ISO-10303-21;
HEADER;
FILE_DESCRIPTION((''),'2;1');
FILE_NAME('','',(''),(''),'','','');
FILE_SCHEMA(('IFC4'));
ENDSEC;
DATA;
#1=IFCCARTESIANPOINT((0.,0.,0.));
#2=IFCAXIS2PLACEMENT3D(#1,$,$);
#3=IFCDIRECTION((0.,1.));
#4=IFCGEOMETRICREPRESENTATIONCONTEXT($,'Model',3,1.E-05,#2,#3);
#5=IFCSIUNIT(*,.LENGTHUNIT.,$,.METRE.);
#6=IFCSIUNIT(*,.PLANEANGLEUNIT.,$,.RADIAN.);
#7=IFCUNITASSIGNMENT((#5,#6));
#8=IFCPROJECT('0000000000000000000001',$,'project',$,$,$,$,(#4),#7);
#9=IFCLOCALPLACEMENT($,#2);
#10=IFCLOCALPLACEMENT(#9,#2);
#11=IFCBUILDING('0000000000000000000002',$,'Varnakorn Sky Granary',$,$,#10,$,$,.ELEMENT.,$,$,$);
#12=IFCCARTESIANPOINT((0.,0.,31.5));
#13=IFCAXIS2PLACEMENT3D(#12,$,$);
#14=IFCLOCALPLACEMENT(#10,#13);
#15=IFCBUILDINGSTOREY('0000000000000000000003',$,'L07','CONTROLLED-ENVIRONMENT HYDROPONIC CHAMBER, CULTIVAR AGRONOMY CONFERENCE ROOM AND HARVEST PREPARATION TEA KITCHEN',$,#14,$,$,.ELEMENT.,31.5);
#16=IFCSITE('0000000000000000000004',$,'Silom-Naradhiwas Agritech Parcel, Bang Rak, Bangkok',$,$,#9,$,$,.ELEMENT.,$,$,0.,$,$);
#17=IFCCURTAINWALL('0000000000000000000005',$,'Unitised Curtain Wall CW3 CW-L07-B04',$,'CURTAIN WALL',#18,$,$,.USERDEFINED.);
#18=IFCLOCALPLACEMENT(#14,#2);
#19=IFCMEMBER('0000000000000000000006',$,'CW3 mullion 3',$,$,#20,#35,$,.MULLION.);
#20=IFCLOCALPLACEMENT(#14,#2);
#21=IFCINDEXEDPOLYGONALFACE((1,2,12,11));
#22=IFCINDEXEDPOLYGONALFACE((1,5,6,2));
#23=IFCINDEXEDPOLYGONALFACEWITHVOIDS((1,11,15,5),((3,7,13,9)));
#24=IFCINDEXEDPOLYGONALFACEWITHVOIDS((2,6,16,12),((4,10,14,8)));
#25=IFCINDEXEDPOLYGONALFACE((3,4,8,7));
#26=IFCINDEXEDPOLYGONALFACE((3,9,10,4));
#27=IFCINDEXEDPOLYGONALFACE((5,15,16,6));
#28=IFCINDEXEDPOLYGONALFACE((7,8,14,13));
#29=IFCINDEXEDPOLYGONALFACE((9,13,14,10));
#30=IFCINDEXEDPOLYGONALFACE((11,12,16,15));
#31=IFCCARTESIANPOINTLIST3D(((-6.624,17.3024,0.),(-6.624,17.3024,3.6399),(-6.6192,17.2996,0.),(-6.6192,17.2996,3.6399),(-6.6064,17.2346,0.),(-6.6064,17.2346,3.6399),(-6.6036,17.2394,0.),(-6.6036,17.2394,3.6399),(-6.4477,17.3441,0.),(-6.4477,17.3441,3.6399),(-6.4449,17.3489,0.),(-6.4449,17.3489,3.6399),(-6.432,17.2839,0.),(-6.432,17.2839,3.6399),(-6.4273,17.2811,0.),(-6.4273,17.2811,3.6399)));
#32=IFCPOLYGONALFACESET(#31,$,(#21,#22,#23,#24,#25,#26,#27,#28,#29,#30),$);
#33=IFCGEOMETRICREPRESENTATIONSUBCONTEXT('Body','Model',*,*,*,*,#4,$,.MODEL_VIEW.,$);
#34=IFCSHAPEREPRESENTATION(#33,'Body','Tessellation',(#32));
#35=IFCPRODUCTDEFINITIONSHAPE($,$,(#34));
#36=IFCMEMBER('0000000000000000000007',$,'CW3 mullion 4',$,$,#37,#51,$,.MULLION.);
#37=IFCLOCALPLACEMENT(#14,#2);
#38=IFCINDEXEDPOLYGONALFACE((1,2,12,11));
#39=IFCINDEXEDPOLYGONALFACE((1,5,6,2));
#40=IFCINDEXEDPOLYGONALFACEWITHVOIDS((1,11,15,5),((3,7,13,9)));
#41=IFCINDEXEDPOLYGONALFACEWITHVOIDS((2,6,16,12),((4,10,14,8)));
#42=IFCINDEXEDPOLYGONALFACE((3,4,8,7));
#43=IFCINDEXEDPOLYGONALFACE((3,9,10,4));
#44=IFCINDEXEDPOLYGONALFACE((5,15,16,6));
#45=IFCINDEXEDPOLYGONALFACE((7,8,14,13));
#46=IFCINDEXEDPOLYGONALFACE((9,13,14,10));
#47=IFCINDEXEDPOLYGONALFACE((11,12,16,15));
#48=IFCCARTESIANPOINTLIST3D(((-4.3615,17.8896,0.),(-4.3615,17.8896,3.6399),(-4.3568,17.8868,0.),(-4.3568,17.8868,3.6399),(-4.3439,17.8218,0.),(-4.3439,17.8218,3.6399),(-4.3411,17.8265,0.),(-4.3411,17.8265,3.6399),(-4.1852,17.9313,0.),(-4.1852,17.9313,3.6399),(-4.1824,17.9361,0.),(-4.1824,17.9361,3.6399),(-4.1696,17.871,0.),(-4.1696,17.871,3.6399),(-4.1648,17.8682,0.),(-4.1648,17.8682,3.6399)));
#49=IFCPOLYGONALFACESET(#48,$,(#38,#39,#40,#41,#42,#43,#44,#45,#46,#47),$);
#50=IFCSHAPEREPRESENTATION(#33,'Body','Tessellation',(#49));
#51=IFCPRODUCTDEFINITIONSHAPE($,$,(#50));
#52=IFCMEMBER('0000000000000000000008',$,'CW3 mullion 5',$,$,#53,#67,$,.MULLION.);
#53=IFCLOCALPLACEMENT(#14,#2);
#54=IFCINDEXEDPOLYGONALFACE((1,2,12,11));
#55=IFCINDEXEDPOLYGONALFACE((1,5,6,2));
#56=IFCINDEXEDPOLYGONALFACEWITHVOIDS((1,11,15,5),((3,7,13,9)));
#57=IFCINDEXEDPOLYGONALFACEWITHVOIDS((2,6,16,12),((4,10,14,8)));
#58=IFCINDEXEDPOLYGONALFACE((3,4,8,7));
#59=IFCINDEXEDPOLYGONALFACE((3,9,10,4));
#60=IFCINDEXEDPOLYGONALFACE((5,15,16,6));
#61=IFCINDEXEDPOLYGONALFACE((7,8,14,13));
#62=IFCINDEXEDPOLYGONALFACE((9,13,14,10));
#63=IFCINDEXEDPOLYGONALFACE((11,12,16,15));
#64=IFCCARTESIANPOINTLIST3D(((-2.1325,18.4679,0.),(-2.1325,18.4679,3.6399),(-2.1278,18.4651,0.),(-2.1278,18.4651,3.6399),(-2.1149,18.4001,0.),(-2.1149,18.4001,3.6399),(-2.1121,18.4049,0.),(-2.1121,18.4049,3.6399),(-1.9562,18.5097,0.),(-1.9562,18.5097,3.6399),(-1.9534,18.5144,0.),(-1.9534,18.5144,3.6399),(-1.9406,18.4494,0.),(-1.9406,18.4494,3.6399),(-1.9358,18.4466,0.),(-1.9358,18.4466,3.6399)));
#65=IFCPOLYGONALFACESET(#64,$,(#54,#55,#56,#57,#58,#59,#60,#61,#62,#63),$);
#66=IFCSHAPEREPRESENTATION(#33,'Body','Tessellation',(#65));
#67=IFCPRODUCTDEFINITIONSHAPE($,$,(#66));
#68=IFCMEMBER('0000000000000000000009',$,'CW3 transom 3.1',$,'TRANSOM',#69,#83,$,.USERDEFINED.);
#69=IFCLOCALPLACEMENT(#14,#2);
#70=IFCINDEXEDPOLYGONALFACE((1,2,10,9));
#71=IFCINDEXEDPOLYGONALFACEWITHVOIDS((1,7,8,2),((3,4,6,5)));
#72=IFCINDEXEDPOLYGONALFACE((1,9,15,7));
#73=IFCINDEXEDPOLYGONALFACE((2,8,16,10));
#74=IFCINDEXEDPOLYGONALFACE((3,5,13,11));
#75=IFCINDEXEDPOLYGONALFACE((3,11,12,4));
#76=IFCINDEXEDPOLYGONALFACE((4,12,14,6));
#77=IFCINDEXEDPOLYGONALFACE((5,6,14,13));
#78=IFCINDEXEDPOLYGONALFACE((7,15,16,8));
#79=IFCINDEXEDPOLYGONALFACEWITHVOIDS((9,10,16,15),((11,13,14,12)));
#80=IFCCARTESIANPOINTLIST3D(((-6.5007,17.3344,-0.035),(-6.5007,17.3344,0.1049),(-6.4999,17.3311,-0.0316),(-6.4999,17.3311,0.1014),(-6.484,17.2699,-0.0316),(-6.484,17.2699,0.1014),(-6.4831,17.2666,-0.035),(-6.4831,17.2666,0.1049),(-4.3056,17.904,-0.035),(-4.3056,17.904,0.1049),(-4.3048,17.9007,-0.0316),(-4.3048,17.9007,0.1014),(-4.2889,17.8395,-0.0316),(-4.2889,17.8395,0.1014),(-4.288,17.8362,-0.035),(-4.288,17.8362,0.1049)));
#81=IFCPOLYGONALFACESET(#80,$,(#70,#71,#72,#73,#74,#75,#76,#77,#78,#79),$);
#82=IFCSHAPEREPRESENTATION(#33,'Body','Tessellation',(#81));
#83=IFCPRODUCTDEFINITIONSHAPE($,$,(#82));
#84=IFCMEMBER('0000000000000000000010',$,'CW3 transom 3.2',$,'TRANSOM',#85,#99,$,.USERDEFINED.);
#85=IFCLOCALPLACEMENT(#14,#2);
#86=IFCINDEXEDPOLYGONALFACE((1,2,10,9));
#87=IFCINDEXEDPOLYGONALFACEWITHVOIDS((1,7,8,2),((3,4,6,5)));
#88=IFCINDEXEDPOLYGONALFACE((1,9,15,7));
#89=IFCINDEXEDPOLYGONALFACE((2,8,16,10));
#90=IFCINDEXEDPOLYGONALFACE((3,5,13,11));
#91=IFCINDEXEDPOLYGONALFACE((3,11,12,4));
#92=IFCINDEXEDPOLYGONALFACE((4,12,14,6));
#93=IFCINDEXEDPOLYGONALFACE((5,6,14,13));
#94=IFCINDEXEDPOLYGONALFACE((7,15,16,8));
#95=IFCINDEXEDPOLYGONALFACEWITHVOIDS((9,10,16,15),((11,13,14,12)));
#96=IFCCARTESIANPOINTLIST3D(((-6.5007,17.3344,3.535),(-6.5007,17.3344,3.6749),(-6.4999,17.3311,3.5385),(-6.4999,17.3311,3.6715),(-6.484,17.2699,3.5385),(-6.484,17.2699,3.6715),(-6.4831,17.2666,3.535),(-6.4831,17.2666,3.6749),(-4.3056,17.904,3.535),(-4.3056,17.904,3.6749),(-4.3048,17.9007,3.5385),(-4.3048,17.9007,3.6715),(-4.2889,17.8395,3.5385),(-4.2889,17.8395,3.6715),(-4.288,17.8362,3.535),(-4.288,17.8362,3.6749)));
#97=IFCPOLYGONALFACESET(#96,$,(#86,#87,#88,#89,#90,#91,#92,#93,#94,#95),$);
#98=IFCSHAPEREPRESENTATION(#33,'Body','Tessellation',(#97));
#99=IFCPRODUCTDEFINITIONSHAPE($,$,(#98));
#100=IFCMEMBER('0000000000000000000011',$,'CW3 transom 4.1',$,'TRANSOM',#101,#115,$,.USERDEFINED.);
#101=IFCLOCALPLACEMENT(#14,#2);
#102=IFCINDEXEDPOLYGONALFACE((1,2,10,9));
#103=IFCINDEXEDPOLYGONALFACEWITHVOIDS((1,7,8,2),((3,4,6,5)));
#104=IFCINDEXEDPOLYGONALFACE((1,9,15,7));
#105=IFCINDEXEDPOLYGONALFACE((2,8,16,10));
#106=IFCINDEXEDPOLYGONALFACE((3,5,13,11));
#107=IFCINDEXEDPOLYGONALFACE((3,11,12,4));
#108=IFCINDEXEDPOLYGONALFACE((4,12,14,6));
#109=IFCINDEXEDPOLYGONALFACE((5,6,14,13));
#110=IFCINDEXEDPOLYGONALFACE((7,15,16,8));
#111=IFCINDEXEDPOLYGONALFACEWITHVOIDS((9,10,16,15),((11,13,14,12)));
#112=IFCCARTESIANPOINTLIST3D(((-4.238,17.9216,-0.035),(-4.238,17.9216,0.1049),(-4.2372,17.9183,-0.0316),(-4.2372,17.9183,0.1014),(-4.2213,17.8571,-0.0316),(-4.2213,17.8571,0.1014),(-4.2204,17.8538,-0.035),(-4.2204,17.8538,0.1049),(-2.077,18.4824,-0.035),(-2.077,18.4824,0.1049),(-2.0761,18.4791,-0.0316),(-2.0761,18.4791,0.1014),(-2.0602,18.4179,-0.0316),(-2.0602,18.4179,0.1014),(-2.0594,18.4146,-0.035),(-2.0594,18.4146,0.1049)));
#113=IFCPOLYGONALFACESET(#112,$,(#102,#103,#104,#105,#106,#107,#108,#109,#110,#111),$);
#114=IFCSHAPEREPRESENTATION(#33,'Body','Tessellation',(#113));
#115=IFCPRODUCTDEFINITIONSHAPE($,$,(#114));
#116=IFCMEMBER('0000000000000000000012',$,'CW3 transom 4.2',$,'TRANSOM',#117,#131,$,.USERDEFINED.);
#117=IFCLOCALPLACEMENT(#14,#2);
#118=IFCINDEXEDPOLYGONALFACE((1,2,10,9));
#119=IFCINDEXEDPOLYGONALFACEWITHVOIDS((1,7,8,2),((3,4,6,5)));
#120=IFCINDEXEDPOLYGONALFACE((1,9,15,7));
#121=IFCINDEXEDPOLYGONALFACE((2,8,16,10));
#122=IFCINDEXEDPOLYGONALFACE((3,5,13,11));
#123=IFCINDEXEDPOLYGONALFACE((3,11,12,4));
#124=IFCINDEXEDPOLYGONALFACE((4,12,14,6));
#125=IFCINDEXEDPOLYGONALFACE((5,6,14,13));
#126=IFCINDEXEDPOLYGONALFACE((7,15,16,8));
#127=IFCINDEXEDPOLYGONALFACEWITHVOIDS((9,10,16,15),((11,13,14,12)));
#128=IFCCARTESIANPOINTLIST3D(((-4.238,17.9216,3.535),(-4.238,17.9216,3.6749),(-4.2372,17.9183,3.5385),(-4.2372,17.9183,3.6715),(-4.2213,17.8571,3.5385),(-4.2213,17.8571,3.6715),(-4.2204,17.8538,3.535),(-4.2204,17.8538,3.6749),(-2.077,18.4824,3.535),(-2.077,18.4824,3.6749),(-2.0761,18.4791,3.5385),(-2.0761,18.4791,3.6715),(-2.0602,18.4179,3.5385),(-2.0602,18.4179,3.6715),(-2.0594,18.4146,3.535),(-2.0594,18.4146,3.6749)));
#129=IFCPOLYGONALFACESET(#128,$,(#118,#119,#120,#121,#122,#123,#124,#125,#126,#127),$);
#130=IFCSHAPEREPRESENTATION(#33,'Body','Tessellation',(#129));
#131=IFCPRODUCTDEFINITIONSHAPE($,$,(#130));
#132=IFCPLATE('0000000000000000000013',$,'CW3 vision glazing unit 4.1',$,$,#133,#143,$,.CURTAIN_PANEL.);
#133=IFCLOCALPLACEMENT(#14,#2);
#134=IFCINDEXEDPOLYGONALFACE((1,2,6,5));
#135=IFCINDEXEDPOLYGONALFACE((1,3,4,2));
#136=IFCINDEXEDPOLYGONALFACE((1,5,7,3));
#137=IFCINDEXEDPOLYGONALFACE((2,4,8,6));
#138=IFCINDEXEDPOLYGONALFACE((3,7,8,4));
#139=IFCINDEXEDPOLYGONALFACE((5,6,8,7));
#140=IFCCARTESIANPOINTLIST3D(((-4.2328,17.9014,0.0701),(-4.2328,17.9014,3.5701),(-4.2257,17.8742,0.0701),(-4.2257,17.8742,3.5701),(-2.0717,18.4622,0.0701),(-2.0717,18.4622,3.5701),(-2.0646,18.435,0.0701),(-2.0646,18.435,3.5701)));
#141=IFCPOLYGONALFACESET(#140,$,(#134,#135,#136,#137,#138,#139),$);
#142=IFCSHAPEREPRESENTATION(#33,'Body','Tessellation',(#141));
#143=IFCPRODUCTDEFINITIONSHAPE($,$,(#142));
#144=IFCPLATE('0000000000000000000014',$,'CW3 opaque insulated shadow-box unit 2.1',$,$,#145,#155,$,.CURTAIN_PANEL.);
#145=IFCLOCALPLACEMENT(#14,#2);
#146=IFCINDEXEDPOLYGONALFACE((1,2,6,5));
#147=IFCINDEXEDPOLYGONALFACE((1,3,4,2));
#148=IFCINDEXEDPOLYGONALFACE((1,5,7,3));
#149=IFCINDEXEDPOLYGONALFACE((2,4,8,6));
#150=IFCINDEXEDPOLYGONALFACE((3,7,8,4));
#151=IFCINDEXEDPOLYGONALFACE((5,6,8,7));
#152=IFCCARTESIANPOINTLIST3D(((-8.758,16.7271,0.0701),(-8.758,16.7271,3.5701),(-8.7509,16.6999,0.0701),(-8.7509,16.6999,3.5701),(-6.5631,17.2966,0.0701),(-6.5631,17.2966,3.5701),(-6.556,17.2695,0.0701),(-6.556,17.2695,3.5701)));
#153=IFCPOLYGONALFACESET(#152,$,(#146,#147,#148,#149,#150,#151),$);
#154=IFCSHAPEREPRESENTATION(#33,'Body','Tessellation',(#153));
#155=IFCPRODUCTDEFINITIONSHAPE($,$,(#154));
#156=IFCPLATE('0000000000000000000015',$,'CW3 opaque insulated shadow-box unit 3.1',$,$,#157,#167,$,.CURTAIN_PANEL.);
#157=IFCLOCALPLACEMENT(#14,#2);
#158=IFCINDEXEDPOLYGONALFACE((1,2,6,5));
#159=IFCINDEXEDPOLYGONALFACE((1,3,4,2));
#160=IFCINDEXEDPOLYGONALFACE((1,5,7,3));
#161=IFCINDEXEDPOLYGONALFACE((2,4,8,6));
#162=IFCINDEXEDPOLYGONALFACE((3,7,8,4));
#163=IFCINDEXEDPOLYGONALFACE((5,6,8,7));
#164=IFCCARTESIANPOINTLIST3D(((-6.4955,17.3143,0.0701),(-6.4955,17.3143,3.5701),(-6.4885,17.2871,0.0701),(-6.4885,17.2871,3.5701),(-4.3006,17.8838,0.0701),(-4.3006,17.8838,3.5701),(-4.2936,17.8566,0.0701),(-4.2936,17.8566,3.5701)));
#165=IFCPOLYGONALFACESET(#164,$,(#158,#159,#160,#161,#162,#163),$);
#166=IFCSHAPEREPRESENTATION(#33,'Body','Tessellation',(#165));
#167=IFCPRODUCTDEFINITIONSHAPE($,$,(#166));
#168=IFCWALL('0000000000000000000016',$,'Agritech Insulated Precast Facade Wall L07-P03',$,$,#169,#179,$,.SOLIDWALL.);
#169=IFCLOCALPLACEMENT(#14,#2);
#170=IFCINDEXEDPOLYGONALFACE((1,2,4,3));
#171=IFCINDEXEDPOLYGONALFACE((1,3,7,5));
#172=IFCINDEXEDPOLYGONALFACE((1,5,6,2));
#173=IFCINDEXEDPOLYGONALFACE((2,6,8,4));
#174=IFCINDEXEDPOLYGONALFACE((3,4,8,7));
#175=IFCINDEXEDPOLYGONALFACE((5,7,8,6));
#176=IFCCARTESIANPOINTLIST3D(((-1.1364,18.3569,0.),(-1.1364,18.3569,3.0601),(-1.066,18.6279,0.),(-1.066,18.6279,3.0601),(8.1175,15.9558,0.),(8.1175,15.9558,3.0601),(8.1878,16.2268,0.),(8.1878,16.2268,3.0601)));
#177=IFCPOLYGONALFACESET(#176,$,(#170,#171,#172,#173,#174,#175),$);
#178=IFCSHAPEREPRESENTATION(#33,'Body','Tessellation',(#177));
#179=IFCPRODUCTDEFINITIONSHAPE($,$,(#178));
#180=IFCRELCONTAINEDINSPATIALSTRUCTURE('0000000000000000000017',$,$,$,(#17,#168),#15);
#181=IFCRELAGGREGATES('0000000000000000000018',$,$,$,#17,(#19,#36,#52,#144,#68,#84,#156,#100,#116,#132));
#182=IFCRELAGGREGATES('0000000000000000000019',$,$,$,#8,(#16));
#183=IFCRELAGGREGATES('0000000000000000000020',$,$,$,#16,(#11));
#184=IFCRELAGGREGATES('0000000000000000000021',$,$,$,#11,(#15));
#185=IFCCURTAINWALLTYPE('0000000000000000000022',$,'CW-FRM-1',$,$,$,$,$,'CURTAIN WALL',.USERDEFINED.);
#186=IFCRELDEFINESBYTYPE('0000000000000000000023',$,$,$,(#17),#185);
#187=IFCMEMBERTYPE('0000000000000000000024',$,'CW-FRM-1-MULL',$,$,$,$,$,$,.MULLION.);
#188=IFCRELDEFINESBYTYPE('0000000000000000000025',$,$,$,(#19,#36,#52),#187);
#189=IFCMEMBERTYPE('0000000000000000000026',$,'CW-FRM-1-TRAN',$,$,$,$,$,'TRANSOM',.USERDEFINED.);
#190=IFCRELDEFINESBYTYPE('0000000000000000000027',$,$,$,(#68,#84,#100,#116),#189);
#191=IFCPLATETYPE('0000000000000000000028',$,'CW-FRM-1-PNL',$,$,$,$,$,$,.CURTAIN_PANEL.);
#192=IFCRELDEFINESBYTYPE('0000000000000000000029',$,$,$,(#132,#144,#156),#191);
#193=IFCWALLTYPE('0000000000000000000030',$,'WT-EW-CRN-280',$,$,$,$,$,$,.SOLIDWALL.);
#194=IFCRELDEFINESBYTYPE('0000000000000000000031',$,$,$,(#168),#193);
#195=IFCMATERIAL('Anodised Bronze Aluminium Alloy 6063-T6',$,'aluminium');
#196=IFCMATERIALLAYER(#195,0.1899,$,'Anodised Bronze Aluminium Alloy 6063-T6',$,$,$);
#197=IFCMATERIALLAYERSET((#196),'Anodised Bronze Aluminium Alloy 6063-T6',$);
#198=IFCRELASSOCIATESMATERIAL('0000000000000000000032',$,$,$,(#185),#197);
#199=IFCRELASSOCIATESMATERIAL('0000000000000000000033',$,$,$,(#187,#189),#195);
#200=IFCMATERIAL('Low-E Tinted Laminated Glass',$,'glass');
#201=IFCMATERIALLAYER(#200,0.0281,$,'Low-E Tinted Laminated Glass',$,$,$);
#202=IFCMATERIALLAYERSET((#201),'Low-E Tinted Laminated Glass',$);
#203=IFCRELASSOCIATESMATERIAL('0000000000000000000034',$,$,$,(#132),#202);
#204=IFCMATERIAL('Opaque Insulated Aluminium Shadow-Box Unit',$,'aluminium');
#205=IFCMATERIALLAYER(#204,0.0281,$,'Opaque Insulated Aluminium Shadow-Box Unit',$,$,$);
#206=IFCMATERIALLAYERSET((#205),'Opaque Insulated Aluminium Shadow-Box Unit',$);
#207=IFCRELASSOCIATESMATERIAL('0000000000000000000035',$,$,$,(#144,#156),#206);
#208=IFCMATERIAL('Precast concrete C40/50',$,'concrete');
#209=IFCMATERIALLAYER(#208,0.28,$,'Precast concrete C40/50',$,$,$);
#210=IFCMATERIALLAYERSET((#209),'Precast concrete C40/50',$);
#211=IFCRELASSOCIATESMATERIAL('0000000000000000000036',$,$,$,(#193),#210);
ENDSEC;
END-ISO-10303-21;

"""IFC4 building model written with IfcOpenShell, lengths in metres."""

from ifc_helpers import new_model, si_unit, direction, frame, frame_2d, origin, origin_2d, place, context, subcontext, project, spatial, rectangle, hollow_rectangle, extrude, source, transform, mapped, material, layer, layer_set, material_profile, profile_set, type_object, type_shapes, element, aggregate, save


model = new_model("IFC4")

# Units and contexts
model_context = context("Model", 3, precision=1e-05, world=origin(), true_north=direction((0.0, 1.0)))
body_context = subcontext(model_context, "Body", "Model", "MODEL_VIEW")
ifc_project = project(units=[si_unit("LENGTHUNIT", "METRE"), si_unit("PLANEANGLEUNIT", "RADIAN")], contexts=[model_context])

# Site, building, storey
site_placement = place(None, origin())
site = spatial("IfcSite", under=ifc_project, at=site_placement, Name="Silom-Naradhiwas Agritech Parcel, Bang Rak, Bangkok", CompositionType="ELEMENT", RefElevation=0.0)
building_placement = place(site_placement, origin())
building = spatial("IfcBuilding", under=site, at=building_placement, Name="Varnakorn Sky Granary", CompositionType="ELEMENT")
storey_placement = place(building_placement, frame((0.0, 0.0, 31.5)))
storey = spatial("IfcBuildingStorey", under=building, at=storey_placement, Name="L07", Description="CONTROLLED-ENVIRONMENT HYDROPONIC CHAMBER, CULTIVAR AGRONOMY CONFERENCE ROOM AND HARVEST PREPARATION TEA KITCHEN", CompositionType="ELEMENT", Elevation=31.5)

# Curtain wall, members, plates
ifc_material_1 = material(Name="Anodised Bronze Aluminium Alloy 6063-T6", Category="aluminium")
ifc_layer_1 = layer(ifc_material_1, 0.1899, Name="Anodised Bronze Aluminium Alloy 6063-T6")
ifc_layer_set_1 = layer_set([ifc_layer_1], Name="Anodised Bronze Aluminium Alloy 6063-T6")
curtain_wall_type = type_object("IfcCurtainWallType", Name="CW-FRM-1", ElementType="CURTAIN WALL", PredefinedType="USERDEFINED", material=ifc_layer_set_1)
curtain_wall_placement = place(storey_placement, origin())
curtain_wall = element("IfcCurtainWall", 1, at=curtain_wall_placement, inside=storey, type_object=curtain_wall_type, Name="Unitised Curtain Wall CW3 CW-L07-B04", ObjectType="CURTAIN WALL", PredefinedType="USERDEFINED")
ifc_material_profile_1 = material_profile(ifc_material_1, hollow_rectangle(XDim=0.0701, YDim=0.1851, WallThickness=0.0039, at=origin_2d()), Name="ALU MULL 70x185")
ifc_profile_set_1 = profile_set([ifc_material_profile_1], Name="Anodised Bronze Aluminium Alloy 6063-T6")
member_type_1 = type_object("IfcMemberType", Name="CW-FRM-1-MULL", PredefinedType="MULLION", material=ifc_profile_set_1)
member_1_placement = place(storey_placement, frame((-6.5256, 17.2917, 0.0), z_axis=(0.0, 0.0, 1.0), x_axis=(-0.251165, 0.967944, 0.0)))
member_1 = element("IfcMember", 2, at=member_1_placement, type_object=member_type_1, Name="CW3 mullion 3", PredefinedType="MULLION", context=body_context, shape_type="SweptSolid", body=[
    extrude(hollow_rectangle(XDim=0.0701, YDim=0.1851, WallThickness=0.0039, at=origin_2d()), origin(), (0.0, 0.0, 1.0), 3.6399),
])
member_2_placement = place(storey_placement, frame((-4.2632, 17.8789, 0.0), z_axis=(0.0, 0.0, 1.0), x_axis=(-0.251165, 0.967944, 0.0)))
member_2 = element("IfcMember", 3, at=member_2_placement, type_object=member_type_1, Name="CW3 mullion 4", PredefinedType="MULLION", context=body_context, shape_type="SweptSolid", body=[
    extrude(hollow_rectangle(XDim=0.0701, YDim=0.1851, WallThickness=0.0039, at=origin_2d()), origin(), (0.0, 0.0, 1.0), 3.6399),
])
member_3_placement = place(storey_placement, frame((-2.0342, 18.4573, 0.0), z_axis=(0.0, 0.0, 1.0), x_axis=(-0.251165, 0.967944, 0.0)))
member_3 = element("IfcMember", 4, at=member_3_placement, type_object=member_type_1, Name="CW3 mullion 5", PredefinedType="MULLION", context=body_context, shape_type="SweptSolid", body=[
    extrude(hollow_rectangle(XDim=0.0701, YDim=0.1851, WallThickness=0.0039, at=origin_2d()), origin(), (0.0, 0.0, 1.0), 3.6399),
])
ifc_material_profile_2 = material_profile(ifc_material_1, hollow_rectangle(XDim=0.0701, YDim=0.1399, WallThickness=0.0034, at=origin_2d()), Name="ALU TRAN 70x140")
ifc_profile_set_2 = profile_set([ifc_material_profile_2], Name="Anodised Bronze Aluminium Alloy 6063-T6")
member_type_2 = type_object("IfcMemberType", Name="CW-FRM-1-TRAN", ElementType="TRANSOM", PredefinedType="USERDEFINED", material=ifc_profile_set_2)
member_4_placement = place(storey_placement, frame((-6.4919, 17.3005, 0.0349), z_axis=(0.967945, 0.251164, 0.0), x_axis=(-0.251164, 0.967945, 0.0)))
member_4 = element("IfcMember", 5, at=member_4_placement, type_object=member_type_2, Name="CW3 transom 3.1", ObjectType="TRANSOM", PredefinedType="USERDEFINED", context=body_context, shape_type="SweptSolid", body=[
    extrude(hollow_rectangle(XDim=0.0701, YDim=0.1399, WallThickness=0.0034, at=origin_2d()), origin(), (0.0, 0.0, 1.0), 2.2678),
])
member_5_placement = place(storey_placement, frame((-6.4919, 17.3005, 3.605), z_axis=(0.967945, 0.251164, 0.0), x_axis=(-0.251164, 0.967945, 0.0)))
member_5 = element("IfcMember", 6, at=member_5_placement, type_object=member_type_2, Name="CW3 transom 3.2", ObjectType="TRANSOM", PredefinedType="USERDEFINED", context=body_context, shape_type="SweptSolid", body=[
    extrude(hollow_rectangle(XDim=0.0701, YDim=0.1399, WallThickness=0.0034, at=origin_2d()), origin(), (0.0, 0.0, 1.0), 2.2678),
])
member_6_placement = place(storey_placement, frame((-4.2292, 17.8877, 0.0349), z_axis=(0.967943, 0.251171, 0.0), x_axis=(-0.251171, 0.967943, 0.0)))
member_6 = element("IfcMember", 7, at=member_6_placement, type_object=member_type_2, Name="CW3 transom 4.1", ObjectType="TRANSOM", PredefinedType="USERDEFINED", context=body_context, shape_type="SweptSolid", body=[
    extrude(hollow_rectangle(XDim=0.0701, YDim=0.1399, WallThickness=0.0034, at=origin_2d()), origin(), (0.0, 0.0, 1.0), 2.2327),
])
member_7_placement = place(storey_placement, frame((-4.2292, 17.8877, 3.605), z_axis=(0.967943, 0.251171, 0.0), x_axis=(-0.251171, 0.967943, 0.0)))
member_7 = element("IfcMember", 8, at=member_7_placement, type_object=member_type_2, Name="CW3 transom 4.2", ObjectType="TRANSOM", PredefinedType="USERDEFINED", context=body_context, shape_type="SweptSolid", body=[
    extrude(hollow_rectangle(XDim=0.0701, YDim=0.1399, WallThickness=0.0034, at=origin_2d()), origin(), (0.0, 0.0, 1.0), 2.2327),
])
ifc_material_2 = material(Name="Low-E Tinted Laminated Glass", Category="glass")
ifc_layer_2 = layer(ifc_material_2, 0.0281, Name="Low-E Tinted Laminated Glass")
ifc_layer_set_2 = layer_set([ifc_layer_2], Name="Low-E Tinted Laminated Glass")
plate_type = type_object("IfcPlateType", Name="CW-FRM-1-PNL", PredefinedType="CURTAIN_PANEL")
shared_shape_1 = source(origin(), body_context, "Body", "SweptSolid", [
    extrude(rectangle(XDim=2.2327, YDim=0.0281, at=origin_2d()), origin(), (0.0, 0.0, 1.0), 3.5),
])
plate_1_placement = place(storey_placement, frame((-3.1487, 18.1682, 0.0701), z_axis=(0.0, 0.0, 1.0), x_axis=(0.967944, 0.251165, 0.0)))
plate_1 = element("IfcPlate", 9, at=plate_1_placement, type_object=plate_type, material=ifc_layer_set_2, Name="CW3 vision glazing unit 4.1", PredefinedType="CURTAIN_PANEL", context=body_context, shape_type="MappedRepresentation", body=[
    mapped(shared_shape_1, transform((0.0, 0.0, 0.0), x_axis=(1.0, 0.0, 0.0), y_axis=(0.0, 1.0, 0.0), z_axis=(0.0, 0.0, 1.0), scale=1.0)),
])
ifc_material_3 = material(Name="Opaque Insulated Aluminium Shadow-Box Unit", Category="aluminium")
ifc_layer_3 = layer(ifc_material_3, 0.0281, Name="Opaque Insulated Aluminium Shadow-Box Unit")
ifc_layer_set_3 = layer_set([ifc_layer_3], Name="Opaque Insulated Aluminium Shadow-Box Unit")
shared_shape_2 = source(origin(), body_context, "Body", "SweptSolid", [
    extrude(rectangle(XDim=2.2676, YDim=0.0281, at=origin_2d()), origin(), (0.0, 0.0, 1.0), 3.5),
])
type_shapes(plate_type, [shared_shape_1, shared_shape_2])
plate_2_placement = place(storey_placement, frame((-7.657, 16.9983, 0.0701), z_axis=(0.0, 0.0, 1.0), x_axis=(0.967944, 0.251165, 0.0)))
plate_2 = element("IfcPlate", 10, at=plate_2_placement, type_object=plate_type, material=ifc_layer_set_3, Name="CW3 opaque insulated shadow-box unit 2.1", PredefinedType="CURTAIN_PANEL", context=body_context, shape_type="MappedRepresentation", body=[
    mapped(shared_shape_2, transform((0.0, 0.0, 0.0), x_axis=(1.0, 0.0, 0.0), y_axis=(0.0, 1.0, 0.0), z_axis=(0.0, 0.0, 1.0), scale=1.0)),
])
plate_3_placement = place(storey_placement, frame((-5.3945, 17.5854, 0.0701), z_axis=(0.0, 0.0, 1.0), x_axis=(0.967944, 0.251165, 0.0)))
plate_3 = element("IfcPlate", 11, at=plate_3_placement, type_object=plate_type, material=ifc_layer_set_3, Name="CW3 opaque insulated shadow-box unit 3.1", PredefinedType="CURTAIN_PANEL", context=body_context, shape_type="MappedRepresentation", body=[
    mapped(shared_shape_2, transform((0.0, 0.0, 0.0), x_axis=(1.0, 0.0, 0.0), y_axis=(0.0, 1.0, 0.0), z_axis=(0.0, 0.0, 1.0), scale=1.0)),
])
aggregate(curtain_wall, [member_1, member_2, member_3, plate_2, member_4, member_5, plate_3, member_6, member_7, plate_1])

# Wall
ifc_material_4 = material(Name="Precast concrete C40/50", Category="concrete")
ifc_layer_4 = layer(ifc_material_4, 0.28, Name="Precast concrete C40/50")
ifc_layer_set_4 = layer_set([ifc_layer_4], Name="Precast concrete C40/50")
wall_type_1 = type_object("IfcWallType", Name="WT-EW-CRN-280", PredefinedType="SOLIDWALL", material=ifc_layer_set_4)
wall_1_placement = place(storey_placement, frame((-1.1013, 18.4924, 0.0), z_axis=(0.0, 0.0, 1.0), x_axis=(0.967947, -0.251154, 0.0)))
element("IfcWall", 12, at=wall_1_placement, inside=storey, type_object=wall_type_1, Name="Agritech Insulated Precast Facade Wall L07-P03", PredefinedType="SOLIDWALL", context=body_context, shape_type="SweptSolid", body=[
    extrude(rectangle(XDim=9.5603, YDim=0.28, at=frame_2d((4.7803, 0.0))), origin(), (0.0, 0.0, 1.0), 3.0601),
])

save(model, "model.ifc")
